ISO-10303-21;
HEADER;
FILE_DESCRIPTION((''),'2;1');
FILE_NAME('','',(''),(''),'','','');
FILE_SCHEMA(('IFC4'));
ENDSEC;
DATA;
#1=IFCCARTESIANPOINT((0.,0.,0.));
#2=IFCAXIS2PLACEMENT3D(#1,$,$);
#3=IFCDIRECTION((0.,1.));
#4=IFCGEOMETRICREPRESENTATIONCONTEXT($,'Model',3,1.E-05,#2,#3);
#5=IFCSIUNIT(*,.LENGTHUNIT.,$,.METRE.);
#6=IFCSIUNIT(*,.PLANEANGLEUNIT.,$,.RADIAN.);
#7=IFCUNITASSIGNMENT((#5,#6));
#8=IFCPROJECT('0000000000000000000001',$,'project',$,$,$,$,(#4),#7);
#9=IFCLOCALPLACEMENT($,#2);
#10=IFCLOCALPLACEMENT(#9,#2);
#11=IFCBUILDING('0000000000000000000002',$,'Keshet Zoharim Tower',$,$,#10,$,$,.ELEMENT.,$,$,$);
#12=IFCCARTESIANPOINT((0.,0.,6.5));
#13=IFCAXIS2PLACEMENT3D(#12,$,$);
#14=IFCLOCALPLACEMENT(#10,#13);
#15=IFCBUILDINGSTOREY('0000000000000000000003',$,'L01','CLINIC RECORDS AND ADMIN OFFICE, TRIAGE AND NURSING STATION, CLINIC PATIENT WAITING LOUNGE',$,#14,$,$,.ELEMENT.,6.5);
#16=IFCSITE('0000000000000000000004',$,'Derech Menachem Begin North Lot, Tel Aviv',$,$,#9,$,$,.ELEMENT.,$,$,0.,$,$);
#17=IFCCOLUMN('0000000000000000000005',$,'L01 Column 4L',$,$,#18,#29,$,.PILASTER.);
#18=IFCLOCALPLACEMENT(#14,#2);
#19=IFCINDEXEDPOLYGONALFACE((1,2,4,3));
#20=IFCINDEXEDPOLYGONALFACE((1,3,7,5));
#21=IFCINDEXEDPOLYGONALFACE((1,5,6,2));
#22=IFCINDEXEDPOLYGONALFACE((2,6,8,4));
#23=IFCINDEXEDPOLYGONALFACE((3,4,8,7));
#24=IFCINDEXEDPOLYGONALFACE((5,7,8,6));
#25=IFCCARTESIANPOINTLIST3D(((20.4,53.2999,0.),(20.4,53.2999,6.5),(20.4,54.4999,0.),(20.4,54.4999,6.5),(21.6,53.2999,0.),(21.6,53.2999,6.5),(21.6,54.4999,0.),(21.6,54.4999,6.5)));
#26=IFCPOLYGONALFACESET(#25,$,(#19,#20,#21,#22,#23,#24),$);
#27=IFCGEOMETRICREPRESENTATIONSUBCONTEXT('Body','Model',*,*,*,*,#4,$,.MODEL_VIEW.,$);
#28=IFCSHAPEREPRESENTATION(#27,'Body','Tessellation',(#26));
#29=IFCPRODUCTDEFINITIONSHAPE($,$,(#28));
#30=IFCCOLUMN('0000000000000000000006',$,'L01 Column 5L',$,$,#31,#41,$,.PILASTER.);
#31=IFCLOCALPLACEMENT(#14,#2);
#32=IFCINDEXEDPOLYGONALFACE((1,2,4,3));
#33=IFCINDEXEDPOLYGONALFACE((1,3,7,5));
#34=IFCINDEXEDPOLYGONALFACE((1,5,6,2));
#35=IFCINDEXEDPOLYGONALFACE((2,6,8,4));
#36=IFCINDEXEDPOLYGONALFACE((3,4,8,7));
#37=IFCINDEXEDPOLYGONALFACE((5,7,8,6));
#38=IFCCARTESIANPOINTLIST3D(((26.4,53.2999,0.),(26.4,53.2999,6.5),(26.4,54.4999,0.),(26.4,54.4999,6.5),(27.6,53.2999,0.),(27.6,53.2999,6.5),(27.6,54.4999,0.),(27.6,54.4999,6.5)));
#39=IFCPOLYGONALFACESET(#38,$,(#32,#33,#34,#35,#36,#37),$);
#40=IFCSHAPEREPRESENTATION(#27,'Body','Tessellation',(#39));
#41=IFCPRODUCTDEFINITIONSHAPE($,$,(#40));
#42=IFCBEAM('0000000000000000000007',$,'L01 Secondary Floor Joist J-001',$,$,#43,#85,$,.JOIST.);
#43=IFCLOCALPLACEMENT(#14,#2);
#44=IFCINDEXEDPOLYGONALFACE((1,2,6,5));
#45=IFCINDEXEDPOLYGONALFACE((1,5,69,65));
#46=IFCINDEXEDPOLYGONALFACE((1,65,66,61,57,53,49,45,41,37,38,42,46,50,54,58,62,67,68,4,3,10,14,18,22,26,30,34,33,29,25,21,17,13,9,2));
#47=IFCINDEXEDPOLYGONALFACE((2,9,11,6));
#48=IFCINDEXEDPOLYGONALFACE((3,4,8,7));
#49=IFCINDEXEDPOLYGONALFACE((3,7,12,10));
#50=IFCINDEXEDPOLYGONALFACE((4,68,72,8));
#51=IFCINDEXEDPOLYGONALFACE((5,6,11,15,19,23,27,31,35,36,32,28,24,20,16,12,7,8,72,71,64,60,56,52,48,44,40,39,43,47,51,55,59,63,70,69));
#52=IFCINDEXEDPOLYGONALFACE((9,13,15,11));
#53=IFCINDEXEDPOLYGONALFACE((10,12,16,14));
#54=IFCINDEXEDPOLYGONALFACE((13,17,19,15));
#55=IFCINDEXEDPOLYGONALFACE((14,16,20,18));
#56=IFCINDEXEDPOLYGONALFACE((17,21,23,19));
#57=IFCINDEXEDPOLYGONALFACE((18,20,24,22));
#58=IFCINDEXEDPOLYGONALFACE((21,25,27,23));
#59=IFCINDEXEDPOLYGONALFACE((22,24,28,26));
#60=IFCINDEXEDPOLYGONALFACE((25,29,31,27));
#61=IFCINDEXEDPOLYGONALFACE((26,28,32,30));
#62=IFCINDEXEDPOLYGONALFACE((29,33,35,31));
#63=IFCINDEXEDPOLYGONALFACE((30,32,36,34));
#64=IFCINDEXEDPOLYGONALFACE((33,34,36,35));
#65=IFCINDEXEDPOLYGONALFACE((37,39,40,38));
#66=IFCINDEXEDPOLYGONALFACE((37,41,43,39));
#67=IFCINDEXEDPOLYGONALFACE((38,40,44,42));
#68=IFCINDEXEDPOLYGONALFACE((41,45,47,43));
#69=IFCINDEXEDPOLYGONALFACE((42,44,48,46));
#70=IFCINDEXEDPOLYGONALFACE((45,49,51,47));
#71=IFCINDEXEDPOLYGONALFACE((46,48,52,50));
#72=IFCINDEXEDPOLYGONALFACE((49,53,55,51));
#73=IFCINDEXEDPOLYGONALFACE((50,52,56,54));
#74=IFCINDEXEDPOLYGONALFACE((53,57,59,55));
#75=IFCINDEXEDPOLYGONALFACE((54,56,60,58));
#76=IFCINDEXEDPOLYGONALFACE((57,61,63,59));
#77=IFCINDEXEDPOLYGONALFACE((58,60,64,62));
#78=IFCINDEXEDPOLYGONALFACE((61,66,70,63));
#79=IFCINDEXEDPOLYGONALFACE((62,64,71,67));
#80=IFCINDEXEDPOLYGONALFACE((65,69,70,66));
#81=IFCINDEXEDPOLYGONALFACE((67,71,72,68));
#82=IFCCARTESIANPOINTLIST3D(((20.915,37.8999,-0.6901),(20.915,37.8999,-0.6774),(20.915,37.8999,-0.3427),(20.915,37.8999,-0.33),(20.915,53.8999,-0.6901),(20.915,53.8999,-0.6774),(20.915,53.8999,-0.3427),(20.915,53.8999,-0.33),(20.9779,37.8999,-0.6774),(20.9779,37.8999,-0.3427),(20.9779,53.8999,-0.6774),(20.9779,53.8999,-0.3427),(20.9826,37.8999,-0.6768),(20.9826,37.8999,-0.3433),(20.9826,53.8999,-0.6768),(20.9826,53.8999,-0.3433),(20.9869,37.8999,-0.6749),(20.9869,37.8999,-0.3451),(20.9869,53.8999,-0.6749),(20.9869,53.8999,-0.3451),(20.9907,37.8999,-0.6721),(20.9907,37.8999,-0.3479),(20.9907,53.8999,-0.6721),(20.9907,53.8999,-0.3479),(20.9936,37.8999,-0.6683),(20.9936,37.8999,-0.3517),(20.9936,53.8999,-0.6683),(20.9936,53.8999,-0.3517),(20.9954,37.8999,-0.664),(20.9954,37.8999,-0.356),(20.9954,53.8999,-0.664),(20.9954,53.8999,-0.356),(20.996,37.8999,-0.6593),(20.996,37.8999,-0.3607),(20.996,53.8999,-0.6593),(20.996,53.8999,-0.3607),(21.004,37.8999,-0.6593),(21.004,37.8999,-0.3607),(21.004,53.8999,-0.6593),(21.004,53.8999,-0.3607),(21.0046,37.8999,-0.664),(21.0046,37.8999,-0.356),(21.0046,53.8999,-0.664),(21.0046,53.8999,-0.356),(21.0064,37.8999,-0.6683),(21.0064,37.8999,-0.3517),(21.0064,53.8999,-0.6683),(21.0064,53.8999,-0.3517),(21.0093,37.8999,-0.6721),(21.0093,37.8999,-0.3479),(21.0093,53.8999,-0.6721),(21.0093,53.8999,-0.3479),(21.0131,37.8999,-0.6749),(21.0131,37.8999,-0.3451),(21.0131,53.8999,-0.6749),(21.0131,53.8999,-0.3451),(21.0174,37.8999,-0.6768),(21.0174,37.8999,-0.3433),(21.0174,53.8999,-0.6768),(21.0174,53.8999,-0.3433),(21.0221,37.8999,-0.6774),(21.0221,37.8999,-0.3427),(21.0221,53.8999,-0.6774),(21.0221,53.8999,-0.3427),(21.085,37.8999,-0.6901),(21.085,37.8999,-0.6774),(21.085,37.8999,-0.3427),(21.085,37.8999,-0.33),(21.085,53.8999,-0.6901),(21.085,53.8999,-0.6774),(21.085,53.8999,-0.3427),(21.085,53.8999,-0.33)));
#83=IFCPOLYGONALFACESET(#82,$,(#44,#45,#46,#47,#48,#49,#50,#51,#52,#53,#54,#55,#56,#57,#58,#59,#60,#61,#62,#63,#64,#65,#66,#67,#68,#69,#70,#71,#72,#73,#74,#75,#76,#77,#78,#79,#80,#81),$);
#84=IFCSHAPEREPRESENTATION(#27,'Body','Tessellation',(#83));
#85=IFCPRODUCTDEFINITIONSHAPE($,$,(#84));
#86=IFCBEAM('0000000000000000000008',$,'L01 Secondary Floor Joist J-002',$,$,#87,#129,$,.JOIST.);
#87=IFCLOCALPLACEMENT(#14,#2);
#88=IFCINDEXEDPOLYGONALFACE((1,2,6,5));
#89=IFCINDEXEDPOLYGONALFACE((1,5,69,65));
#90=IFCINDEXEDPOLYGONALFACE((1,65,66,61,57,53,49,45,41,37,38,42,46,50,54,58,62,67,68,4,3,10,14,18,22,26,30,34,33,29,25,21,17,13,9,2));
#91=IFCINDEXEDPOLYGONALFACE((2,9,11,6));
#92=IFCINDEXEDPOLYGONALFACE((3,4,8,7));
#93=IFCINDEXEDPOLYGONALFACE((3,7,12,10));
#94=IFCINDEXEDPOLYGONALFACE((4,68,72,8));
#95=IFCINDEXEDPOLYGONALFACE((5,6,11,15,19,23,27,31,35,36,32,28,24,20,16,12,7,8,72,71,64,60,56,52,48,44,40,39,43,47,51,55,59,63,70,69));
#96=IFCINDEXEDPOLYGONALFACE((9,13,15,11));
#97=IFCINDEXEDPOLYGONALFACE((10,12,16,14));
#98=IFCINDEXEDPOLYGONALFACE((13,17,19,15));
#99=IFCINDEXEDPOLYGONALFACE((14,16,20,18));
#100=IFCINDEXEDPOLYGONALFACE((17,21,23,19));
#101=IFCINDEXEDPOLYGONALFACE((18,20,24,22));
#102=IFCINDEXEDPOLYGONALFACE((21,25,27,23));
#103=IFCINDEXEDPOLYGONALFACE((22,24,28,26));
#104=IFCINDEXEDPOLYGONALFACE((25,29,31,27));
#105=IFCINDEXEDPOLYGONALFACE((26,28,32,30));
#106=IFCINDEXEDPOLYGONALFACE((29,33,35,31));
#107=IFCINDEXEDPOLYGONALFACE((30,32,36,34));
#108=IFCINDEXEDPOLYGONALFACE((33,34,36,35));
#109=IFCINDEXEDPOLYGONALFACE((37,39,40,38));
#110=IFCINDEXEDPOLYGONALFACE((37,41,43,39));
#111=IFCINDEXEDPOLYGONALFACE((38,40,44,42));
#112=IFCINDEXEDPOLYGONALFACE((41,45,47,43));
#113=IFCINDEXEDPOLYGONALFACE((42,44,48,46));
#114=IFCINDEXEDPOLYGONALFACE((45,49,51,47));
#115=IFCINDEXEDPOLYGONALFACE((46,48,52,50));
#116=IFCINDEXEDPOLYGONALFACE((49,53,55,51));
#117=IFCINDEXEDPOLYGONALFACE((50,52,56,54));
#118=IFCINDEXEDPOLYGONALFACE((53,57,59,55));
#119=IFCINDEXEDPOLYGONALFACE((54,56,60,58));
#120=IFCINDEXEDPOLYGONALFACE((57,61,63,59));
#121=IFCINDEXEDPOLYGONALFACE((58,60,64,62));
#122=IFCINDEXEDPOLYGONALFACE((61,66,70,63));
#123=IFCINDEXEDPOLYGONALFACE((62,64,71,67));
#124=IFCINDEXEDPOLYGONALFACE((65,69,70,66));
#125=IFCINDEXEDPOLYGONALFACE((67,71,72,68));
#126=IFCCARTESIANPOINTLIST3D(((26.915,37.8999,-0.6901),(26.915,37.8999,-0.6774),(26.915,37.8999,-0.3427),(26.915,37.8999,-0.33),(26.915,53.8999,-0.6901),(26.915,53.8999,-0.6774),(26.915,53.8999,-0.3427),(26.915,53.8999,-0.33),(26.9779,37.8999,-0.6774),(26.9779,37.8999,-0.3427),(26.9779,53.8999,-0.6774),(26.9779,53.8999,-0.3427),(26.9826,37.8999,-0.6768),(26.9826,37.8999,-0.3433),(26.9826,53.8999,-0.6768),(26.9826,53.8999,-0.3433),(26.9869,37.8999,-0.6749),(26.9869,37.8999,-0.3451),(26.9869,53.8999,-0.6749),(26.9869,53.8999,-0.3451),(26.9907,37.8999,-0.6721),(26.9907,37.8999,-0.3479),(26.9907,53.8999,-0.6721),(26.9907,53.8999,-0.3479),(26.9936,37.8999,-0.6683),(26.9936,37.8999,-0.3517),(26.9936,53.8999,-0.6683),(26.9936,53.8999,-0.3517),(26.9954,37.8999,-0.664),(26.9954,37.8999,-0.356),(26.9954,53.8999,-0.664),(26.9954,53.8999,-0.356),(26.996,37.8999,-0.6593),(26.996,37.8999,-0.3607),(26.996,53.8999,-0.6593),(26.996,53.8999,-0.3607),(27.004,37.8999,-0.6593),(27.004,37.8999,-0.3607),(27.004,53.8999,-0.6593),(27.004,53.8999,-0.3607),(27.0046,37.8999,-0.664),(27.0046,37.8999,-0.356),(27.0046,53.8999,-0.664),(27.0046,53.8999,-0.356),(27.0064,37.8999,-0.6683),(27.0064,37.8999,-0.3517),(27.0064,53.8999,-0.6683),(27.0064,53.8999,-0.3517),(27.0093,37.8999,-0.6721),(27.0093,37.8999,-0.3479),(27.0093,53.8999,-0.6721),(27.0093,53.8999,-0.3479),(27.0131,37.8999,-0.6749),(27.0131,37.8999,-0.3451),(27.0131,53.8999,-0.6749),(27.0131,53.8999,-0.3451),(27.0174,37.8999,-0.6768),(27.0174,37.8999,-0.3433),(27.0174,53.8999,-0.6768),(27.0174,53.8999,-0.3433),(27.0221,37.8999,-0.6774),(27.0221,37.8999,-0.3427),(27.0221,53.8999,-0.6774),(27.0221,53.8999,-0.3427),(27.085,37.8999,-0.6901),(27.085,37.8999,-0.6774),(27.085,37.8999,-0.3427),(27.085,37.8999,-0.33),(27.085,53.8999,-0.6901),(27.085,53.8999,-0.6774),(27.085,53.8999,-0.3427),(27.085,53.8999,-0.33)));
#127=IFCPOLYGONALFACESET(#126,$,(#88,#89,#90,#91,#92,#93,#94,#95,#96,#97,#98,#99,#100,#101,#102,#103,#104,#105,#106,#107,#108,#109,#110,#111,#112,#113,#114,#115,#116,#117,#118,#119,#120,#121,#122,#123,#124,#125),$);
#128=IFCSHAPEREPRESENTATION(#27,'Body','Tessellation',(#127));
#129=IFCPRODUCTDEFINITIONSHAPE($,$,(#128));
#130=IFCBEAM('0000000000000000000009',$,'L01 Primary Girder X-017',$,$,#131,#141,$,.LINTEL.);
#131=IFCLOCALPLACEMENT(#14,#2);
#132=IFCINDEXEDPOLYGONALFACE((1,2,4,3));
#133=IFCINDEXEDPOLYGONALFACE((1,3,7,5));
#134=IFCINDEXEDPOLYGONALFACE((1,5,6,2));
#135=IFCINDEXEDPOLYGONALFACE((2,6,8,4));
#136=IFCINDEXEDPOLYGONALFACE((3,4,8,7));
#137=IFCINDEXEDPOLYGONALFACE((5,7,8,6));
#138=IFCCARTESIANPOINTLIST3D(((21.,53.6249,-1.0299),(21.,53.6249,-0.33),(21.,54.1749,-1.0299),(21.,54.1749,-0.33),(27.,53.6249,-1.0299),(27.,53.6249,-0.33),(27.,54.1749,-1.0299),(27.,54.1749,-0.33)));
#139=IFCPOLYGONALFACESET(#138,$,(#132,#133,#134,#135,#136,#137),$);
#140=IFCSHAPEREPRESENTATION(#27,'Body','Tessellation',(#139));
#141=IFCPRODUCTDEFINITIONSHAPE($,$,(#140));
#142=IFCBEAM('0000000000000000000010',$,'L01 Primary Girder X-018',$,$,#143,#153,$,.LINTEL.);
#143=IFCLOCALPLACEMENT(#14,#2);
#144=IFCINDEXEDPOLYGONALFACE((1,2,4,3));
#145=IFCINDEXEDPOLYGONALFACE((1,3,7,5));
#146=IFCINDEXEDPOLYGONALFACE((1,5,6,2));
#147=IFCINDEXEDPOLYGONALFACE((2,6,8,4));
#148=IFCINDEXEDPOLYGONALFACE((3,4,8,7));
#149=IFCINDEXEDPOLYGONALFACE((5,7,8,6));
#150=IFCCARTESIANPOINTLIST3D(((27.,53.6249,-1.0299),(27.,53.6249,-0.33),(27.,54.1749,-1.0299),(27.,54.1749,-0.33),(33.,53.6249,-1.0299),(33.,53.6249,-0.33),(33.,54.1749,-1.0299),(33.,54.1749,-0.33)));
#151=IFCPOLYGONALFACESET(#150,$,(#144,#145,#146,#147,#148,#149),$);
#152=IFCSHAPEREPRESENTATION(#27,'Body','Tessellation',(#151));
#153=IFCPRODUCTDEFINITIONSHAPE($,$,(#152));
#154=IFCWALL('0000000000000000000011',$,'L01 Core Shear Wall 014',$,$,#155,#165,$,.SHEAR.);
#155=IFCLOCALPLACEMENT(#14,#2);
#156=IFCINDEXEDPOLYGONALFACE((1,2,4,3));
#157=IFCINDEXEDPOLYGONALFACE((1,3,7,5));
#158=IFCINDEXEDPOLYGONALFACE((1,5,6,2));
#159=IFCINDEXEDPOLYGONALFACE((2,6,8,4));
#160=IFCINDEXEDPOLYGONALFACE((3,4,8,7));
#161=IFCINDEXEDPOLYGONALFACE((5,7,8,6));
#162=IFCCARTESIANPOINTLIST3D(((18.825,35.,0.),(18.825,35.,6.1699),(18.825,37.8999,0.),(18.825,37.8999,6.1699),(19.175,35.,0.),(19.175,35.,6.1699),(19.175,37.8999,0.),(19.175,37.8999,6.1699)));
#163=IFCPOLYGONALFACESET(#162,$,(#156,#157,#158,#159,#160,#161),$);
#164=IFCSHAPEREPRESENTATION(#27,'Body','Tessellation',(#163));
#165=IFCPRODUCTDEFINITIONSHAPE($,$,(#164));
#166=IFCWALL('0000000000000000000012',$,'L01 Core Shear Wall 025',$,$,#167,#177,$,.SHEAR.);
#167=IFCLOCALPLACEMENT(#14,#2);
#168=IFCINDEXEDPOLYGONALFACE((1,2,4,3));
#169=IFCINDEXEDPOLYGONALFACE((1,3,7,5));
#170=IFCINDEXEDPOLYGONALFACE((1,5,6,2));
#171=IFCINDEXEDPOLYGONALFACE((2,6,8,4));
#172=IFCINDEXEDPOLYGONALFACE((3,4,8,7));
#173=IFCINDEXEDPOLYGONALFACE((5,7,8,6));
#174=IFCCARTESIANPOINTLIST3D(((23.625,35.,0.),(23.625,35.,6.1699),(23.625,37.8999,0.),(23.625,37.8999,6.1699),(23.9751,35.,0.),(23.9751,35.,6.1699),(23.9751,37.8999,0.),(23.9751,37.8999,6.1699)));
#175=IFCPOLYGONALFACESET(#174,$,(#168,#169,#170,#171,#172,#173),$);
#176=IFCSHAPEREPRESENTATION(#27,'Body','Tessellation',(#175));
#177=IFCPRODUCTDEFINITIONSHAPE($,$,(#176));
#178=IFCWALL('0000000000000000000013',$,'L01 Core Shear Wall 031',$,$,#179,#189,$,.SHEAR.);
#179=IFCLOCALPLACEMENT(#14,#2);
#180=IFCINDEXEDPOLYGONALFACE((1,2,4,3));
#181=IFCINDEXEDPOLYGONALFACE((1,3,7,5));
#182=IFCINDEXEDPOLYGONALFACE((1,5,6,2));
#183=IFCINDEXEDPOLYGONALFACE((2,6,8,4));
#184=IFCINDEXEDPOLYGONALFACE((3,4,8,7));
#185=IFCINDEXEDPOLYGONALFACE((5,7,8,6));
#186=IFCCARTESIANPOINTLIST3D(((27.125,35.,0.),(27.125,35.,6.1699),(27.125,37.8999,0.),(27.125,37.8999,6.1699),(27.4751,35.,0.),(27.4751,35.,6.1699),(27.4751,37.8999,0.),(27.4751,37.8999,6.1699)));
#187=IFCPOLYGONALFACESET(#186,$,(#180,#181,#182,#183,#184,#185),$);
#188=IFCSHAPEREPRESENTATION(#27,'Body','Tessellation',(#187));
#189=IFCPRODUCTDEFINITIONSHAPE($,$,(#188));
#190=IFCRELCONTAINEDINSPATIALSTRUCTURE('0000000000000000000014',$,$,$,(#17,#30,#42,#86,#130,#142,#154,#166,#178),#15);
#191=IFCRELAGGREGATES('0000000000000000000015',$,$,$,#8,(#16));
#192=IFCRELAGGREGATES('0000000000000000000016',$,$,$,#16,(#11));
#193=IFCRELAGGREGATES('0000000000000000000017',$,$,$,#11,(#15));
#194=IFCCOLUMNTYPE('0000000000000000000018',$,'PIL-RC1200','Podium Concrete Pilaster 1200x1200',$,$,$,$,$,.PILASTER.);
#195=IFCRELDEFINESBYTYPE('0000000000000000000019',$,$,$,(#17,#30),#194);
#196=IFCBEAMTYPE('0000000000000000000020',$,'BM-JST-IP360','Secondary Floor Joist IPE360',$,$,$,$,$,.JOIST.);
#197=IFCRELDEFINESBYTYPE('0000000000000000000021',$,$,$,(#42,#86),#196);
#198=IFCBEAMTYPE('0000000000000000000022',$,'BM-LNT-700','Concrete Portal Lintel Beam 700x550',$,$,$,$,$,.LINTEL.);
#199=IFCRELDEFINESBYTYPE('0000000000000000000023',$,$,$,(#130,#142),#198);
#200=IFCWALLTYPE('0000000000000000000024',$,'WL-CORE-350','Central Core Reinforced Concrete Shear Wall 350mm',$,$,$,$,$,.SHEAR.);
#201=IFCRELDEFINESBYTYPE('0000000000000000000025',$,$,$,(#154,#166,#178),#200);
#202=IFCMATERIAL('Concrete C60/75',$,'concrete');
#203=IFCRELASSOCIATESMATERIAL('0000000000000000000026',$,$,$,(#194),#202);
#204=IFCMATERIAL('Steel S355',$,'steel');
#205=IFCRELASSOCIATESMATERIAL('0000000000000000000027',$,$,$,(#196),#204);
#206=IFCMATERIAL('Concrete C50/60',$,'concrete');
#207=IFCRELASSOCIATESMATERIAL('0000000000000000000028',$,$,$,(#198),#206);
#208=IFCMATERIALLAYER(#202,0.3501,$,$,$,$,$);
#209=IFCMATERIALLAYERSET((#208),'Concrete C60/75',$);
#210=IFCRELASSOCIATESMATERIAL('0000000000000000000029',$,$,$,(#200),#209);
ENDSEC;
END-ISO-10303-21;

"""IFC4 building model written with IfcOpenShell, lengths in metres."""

from ifc_helpers import new_model, si_unit, direction, frame, frame_2d, origin, origin_2d, place, context, subcontext, project, spatial, rectangle, i_section, extrude, material, layer, layer_set, material_profile, profile_set, type_object, element, save


model = new_model("IFC4")

# Units and contexts
model_context = context("Model", 3, precision=1e-05, world=origin(), true_north=direction((0.0, 1.0)))
body_context = subcontext(model_context, "Body", "Model", "MODEL_VIEW")
ifc_project = project(units=[si_unit("LENGTHUNIT", "METRE"), si_unit("PLANEANGLEUNIT", "RADIAN")], contexts=[model_context])

# Site, building, storey
site_placement = place(None, origin())
site = spatial("IfcSite", under=ifc_project, at=site_placement, Name="Derech Menachem Begin North Lot, Tel Aviv", CompositionType="ELEMENT", RefElevation=0.0)
building_placement = place(site_placement, origin())
building = spatial("IfcBuilding", under=site, at=building_placement, Name="Keshet Zoharim Tower", CompositionType="ELEMENT")
storey_placement = place(building_placement, frame((0.0, 0.0, 6.5)))
storey = spatial("IfcBuildingStorey", under=building, at=storey_placement, Name="L01", Description="CLINIC RECORDS AND ADMIN OFFICE, TRIAGE AND NURSING STATION, CLINIC PATIENT WAITING LOUNGE", CompositionType="ELEMENT", Elevation=6.5)

# Columns
ifc_material_1 = material(Name="Concrete C60/75", Category="concrete")
ifc_material_profile_1 = material_profile(ifc_material_1, rectangle(XDim=1.2, YDim=1.2, at=origin_2d()), Name="RC1200x1200")
ifc_profile_set_1 = profile_set([ifc_material_profile_1], Name="Concrete C60/75")
column_type = type_object("IfcColumnType", Name="PIL-RC1200", Description="Podium Concrete Pilaster 1200x1200", PredefinedType="PILASTER", material=ifc_profile_set_1)
for number, where, z_axis, x_axis, name in (
    (1, (21.0, 53.8999, 0.0), (0.0, 0.0, 1.0), (1.0, 0.0, 0.0), "L01 Column 4L"),
    (2, (27.0, 53.8999, 0.0), (0.0, 0.0, 1.0), (1.0, 0.0, 0.0), "L01 Column 5L"),
):
    element("IfcColumn", number, at=place(storey_placement, frame(where, z_axis=z_axis, x_axis=x_axis)), inside=storey, type_object=column_type, Name=name, PredefinedType="PILASTER", context=body_context, shape_type="SweptSolid", body=[
        extrude(rectangle(XDim=1.2, YDim=1.2, at=origin_2d()), origin(), (0.0, 0.0, 1.0), 6.5),
    ])

# Beams
ifc_material_2 = material(Name="Steel S355", Category="steel")
ifc_material_profile_2 = material_profile(ifc_material_2, i_section(OverallWidth=0.1699, OverallDepth=0.3601, WebThickness=0.0081, FlangeThickness=0.0127, FilletRadius=0.0181, at=origin_2d()), Name="IPE360")
ifc_profile_set_2 = profile_set([ifc_material_profile_2], Name="Steel S355")
beam_type_1 = type_object("IfcBeamType", Name="BM-JST-IP360", Description="Secondary Floor Joist IPE360", PredefinedType="JOIST", material=ifc_profile_set_2)
for number, where, z_axis, x_axis, name in (
    (3, (21.0, 37.8999, -0.51), (0.0, 1.0, 0.0), (-1.0, 0.0, 0.0), "L01 Secondary Floor Joist J-001"),
    (4, (27.0, 37.8999, -0.51), (0.0, 1.0, 0.0), (-1.0, 0.0, 0.0), "L01 Secondary Floor Joist J-002"),
):
    element("IfcBeam", number, at=place(storey_placement, frame(where, z_axis=z_axis, x_axis=x_axis)), inside=storey, type_object=beam_type_1, Name=name, PredefinedType="JOIST", context=body_context, shape_type="SweptSolid", body=[
        extrude(i_section(OverallWidth=0.1699, OverallDepth=0.3601, WebThickness=0.0081, FlangeThickness=0.0127, FilletRadius=0.0181, at=origin_2d()), origin(), (0.0, 0.0, 1.0), 16.0),
    ])
ifc_material_3 = material(Name="Concrete C50/60", Category="concrete")
ifc_material_profile_3 = material_profile(ifc_material_3, rectangle(XDim=0.55, YDim=0.7, at=origin_2d()), Name="RC700x550")
ifc_profile_set_3 = profile_set([ifc_material_profile_3], Name="Concrete C50/60")
beam_type_2 = type_object("IfcBeamType", Name="BM-LNT-700", Description="Concrete Portal Lintel Beam 700x550", PredefinedType="LINTEL", material=ifc_profile_set_3)
for number, where, z_axis, x_axis, name in (
    (5, (21.0, 53.8999, -0.6799), (1.0, 0.0, 0.0), (0.0, 1.0, 0.0), "L01 Primary Girder X-017"),
    (6, (27.0, 53.8999, -0.6799), (1.0, 0.0, 0.0), (0.0, 1.0, 0.0), "L01 Primary Girder X-018"),
):
    element("IfcBeam", number, at=place(storey_placement, frame(where, z_axis=z_axis, x_axis=x_axis)), inside=storey, type_object=beam_type_2, Name=name, PredefinedType="LINTEL", context=body_context, shape_type="SweptSolid", body=[
        extrude(rectangle(XDim=0.55, YDim=0.7, at=origin_2d()), origin(), (0.0, 0.0, 1.0), 6.0),
    ])

# Walls
ifc_layer_1 = layer(ifc_material_1, 0.3501)
ifc_layer_set_1 = layer_set([ifc_layer_1], Name="Concrete C60/75")
wall_type_1 = type_object("IfcWallType", Name="WL-CORE-350", Description="Central Core Reinforced Concrete Shear Wall 350mm", PredefinedType="SHEAR", material=ifc_layer_set_1)
for number, where, z_axis, x_axis, name in (
    (7, (19.0, 35.0, 0.0), (0.0, 0.0, 1.0), (0.0, 1.0, 0.0), "L01 Core Shear Wall 014"),
    (8, (23.8, 35.0, 0.0), (0.0, 0.0, 1.0), (0.0, 1.0, 0.0), "L01 Core Shear Wall 025"),
    (9, (27.3, 35.0, 0.0), (0.0, 0.0, 1.0), (0.0, 1.0, 0.0), "L01 Core Shear Wall 031"),
):
    element("IfcWall", number, at=place(storey_placement, frame(where, z_axis=z_axis, x_axis=x_axis)), inside=storey, type_object=wall_type_1, Name=name, PredefinedType="SHEAR", context=body_context, shape_type="SweptSolid", body=[
        extrude(rectangle(XDim=2.8999, YDim=0.3501, at=frame_2d((1.45, 0.0))), origin(), (0.0, 0.0, 1.0), 6.1699),
    ])

save(model, "model.ifc")
